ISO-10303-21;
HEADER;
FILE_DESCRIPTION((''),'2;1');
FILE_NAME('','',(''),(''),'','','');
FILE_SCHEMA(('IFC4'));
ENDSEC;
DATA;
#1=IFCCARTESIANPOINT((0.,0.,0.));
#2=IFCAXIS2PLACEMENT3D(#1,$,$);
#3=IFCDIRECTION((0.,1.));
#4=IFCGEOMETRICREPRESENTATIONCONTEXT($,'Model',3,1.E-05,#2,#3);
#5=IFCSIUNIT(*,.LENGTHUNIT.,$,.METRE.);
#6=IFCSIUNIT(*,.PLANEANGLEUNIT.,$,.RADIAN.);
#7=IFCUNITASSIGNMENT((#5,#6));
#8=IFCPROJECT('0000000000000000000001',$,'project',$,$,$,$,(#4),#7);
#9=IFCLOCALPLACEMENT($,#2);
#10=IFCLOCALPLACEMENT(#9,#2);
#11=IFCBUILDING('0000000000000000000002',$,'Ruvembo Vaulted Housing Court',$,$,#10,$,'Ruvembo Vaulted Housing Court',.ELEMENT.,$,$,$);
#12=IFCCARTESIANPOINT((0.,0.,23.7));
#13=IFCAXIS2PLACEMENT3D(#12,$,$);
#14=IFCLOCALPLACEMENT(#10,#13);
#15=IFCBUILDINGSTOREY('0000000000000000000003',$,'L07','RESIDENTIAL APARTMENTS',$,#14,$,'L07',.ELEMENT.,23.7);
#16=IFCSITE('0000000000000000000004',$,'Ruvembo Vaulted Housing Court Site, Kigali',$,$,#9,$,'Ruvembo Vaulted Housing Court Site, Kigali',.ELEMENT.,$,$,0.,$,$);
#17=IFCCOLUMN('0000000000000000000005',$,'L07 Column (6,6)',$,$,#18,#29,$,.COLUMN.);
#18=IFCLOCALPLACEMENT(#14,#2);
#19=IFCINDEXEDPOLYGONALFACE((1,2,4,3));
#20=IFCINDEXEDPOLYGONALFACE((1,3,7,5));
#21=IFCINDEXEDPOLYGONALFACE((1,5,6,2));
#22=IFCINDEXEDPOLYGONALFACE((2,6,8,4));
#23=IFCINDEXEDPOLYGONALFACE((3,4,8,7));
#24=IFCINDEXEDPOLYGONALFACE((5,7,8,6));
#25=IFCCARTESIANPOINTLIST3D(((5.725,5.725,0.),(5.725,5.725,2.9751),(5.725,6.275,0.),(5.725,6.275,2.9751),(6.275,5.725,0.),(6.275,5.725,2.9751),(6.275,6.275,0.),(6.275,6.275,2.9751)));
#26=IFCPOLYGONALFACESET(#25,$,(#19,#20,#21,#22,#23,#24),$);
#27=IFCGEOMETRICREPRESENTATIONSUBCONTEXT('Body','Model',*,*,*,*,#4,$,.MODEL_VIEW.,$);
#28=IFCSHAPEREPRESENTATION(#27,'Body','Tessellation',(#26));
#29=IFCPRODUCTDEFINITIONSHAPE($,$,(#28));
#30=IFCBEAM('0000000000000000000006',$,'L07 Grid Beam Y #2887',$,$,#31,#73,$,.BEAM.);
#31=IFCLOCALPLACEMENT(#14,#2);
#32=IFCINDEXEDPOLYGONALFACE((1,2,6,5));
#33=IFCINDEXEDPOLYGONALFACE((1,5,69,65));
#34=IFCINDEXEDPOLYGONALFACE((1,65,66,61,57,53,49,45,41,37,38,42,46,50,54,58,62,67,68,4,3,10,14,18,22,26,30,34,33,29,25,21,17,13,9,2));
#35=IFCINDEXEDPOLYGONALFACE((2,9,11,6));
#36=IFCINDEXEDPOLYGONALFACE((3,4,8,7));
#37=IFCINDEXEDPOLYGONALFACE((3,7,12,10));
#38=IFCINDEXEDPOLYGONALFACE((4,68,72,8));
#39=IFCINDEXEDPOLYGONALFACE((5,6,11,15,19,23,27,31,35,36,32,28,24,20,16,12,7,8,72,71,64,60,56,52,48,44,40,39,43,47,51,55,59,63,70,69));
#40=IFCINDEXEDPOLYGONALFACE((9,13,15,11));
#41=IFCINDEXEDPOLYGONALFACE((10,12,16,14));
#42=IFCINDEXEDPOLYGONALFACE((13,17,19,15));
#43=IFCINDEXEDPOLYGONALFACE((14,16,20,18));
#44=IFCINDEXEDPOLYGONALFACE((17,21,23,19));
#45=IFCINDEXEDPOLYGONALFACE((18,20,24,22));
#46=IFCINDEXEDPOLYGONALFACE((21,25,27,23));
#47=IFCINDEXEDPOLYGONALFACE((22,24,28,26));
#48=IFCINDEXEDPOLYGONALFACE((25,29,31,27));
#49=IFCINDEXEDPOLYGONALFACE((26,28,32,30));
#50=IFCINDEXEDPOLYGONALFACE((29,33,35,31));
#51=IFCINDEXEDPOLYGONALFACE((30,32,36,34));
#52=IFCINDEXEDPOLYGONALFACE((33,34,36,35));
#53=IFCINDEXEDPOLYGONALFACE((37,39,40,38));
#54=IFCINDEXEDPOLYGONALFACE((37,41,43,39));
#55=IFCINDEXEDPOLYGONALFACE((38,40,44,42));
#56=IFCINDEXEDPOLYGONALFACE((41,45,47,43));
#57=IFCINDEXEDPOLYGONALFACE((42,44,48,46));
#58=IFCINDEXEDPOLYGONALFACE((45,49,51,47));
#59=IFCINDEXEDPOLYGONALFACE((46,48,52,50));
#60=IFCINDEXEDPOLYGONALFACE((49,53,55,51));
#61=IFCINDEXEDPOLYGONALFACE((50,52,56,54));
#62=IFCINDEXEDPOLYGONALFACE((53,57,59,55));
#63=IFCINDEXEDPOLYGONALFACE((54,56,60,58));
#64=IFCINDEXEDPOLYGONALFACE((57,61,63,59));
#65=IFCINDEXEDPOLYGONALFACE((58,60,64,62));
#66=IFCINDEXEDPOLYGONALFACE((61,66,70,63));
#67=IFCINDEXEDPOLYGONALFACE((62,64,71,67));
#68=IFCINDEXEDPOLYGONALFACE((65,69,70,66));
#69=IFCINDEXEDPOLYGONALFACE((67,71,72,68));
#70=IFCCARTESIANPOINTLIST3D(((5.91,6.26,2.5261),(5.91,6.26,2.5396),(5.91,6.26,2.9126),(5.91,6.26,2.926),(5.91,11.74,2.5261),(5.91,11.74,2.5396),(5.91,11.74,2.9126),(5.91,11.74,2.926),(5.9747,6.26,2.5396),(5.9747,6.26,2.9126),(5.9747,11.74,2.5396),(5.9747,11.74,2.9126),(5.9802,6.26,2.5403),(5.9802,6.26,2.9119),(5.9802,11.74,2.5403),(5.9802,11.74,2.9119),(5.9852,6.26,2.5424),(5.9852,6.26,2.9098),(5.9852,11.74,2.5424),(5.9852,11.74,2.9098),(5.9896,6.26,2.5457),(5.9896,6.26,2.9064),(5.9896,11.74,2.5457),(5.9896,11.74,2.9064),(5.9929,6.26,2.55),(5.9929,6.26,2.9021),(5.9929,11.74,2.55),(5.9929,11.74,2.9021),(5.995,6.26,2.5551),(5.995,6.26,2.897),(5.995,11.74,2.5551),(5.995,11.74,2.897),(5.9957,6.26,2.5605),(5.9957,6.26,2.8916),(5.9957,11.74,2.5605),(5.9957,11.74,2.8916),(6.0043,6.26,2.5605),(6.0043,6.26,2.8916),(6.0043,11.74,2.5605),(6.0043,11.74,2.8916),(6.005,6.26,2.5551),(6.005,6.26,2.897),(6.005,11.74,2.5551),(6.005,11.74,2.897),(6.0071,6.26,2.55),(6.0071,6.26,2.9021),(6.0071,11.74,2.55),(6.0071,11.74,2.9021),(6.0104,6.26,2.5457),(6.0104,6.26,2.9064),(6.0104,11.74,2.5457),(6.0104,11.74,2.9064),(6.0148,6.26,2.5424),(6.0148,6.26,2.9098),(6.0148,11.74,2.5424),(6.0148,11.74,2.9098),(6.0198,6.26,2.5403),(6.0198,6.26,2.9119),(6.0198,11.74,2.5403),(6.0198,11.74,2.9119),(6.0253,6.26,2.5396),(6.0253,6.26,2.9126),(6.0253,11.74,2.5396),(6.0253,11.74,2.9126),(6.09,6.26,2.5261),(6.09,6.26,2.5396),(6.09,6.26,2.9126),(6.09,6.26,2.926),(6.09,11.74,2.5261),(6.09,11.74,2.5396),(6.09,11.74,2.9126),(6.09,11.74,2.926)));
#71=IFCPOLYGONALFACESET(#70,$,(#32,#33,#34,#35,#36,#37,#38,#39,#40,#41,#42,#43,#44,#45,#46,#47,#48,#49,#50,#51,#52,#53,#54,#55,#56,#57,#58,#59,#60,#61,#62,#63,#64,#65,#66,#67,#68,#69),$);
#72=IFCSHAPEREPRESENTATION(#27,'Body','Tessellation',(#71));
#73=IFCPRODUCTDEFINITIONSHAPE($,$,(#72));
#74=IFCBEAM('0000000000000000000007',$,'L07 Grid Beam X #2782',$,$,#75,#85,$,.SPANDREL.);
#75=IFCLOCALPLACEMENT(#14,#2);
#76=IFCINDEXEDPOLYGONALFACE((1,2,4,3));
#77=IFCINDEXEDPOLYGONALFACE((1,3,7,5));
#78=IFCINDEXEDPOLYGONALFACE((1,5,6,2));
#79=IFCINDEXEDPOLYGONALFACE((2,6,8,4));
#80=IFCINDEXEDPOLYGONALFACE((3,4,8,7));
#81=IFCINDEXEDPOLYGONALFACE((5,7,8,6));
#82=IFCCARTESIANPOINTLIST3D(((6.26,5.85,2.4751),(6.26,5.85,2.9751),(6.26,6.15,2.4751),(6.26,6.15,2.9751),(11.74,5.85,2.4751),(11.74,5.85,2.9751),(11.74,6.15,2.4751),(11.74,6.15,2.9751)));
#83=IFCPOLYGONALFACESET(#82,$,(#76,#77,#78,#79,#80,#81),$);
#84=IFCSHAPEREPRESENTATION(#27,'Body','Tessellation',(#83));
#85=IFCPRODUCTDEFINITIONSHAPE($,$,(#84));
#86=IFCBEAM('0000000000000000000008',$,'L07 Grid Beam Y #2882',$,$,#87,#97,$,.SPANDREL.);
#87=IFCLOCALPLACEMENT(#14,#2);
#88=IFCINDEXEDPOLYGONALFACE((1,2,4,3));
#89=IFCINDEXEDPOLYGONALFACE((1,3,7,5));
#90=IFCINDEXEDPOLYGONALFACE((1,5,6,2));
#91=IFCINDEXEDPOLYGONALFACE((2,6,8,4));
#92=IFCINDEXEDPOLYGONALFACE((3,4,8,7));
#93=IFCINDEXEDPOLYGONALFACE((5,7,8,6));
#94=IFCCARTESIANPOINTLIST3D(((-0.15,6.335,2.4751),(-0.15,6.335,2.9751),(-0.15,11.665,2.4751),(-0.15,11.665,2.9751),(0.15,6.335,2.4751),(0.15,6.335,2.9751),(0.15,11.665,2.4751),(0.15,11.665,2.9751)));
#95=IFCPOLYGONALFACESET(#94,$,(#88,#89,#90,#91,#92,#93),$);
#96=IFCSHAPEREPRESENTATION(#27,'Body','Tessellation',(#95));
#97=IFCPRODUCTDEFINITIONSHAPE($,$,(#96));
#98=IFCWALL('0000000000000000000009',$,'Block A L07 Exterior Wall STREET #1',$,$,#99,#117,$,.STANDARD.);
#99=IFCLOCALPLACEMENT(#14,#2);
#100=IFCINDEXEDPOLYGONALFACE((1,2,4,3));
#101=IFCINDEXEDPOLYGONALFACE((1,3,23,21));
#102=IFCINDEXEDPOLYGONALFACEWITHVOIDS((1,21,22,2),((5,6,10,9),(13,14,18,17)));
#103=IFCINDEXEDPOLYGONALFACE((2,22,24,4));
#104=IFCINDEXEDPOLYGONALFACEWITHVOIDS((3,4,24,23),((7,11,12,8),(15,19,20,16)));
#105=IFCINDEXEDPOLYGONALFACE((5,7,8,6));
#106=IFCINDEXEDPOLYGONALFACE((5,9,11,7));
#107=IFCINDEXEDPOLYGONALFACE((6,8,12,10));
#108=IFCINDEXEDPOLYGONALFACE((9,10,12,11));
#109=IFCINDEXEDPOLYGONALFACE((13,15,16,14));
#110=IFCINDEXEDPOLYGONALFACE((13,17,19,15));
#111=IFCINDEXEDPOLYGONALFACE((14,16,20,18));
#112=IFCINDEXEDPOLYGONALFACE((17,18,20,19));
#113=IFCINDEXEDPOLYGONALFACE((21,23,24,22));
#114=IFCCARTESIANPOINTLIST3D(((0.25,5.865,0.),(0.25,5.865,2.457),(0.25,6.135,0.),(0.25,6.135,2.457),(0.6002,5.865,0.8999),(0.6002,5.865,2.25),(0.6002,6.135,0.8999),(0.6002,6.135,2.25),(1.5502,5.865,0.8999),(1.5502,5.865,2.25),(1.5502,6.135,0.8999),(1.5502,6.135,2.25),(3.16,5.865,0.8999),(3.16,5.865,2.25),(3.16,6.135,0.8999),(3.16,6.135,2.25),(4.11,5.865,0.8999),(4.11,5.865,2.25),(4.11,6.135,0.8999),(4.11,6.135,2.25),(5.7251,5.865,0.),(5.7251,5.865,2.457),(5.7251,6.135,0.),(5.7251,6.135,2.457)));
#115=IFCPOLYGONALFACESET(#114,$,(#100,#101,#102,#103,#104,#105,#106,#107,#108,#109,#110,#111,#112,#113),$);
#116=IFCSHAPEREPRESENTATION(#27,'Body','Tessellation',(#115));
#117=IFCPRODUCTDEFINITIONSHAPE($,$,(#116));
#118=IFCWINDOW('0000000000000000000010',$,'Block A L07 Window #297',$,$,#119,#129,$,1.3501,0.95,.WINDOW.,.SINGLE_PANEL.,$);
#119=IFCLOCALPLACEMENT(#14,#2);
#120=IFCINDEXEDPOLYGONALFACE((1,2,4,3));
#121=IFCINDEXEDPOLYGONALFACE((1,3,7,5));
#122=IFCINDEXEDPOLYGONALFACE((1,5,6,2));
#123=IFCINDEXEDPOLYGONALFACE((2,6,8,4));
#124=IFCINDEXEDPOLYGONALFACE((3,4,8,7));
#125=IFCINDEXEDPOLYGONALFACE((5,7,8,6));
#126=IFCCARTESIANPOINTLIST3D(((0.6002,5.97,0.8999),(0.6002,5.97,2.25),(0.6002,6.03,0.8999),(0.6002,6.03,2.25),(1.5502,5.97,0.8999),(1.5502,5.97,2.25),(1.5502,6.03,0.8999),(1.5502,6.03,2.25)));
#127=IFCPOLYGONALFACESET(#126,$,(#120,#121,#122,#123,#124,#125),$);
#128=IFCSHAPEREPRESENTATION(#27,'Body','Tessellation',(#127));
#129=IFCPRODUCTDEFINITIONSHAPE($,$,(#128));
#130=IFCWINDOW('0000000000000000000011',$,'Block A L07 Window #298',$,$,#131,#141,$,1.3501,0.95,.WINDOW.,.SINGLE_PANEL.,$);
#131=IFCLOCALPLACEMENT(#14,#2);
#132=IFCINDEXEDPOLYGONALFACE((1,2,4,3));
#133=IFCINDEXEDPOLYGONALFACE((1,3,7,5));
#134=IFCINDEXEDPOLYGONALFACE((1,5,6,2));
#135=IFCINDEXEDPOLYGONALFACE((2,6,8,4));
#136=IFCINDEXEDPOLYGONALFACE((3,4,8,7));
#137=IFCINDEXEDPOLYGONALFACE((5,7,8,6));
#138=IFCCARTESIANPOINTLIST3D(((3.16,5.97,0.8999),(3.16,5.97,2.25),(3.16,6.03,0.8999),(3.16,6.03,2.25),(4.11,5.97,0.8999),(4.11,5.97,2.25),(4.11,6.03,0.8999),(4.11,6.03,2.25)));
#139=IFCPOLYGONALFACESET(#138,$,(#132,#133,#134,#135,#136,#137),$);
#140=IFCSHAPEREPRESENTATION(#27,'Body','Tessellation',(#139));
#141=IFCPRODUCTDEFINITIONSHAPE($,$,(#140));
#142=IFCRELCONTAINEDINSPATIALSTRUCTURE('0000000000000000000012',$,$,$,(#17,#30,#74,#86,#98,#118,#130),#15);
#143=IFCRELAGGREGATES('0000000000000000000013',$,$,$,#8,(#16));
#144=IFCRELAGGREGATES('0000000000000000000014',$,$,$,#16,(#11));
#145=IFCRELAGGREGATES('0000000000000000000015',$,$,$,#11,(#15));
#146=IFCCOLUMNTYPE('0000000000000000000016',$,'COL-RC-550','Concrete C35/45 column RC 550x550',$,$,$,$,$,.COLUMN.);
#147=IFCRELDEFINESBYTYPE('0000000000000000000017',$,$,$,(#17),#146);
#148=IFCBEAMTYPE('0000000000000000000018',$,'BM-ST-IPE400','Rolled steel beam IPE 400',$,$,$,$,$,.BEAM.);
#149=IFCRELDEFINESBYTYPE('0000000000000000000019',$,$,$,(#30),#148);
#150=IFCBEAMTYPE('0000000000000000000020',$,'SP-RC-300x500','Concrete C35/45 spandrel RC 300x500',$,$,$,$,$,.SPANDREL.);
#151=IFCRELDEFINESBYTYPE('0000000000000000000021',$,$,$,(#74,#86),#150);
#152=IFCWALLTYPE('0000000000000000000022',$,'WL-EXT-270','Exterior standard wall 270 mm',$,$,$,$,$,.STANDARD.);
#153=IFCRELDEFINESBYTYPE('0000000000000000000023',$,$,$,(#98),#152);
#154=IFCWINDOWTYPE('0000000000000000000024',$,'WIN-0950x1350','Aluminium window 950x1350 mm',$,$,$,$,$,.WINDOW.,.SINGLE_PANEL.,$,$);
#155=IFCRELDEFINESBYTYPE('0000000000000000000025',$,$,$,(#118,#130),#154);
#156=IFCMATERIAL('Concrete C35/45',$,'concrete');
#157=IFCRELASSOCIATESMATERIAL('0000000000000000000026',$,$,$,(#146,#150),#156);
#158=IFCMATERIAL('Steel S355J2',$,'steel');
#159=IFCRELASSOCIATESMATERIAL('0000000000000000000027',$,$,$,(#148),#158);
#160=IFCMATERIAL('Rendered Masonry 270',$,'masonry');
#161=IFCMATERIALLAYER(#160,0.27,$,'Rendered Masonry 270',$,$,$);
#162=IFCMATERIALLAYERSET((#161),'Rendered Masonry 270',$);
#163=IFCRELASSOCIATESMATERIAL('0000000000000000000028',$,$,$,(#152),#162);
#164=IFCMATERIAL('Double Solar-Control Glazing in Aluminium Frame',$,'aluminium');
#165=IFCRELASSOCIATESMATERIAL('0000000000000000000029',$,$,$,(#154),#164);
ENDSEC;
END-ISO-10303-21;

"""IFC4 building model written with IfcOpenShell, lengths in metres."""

from ifc_helpers import new_model, si_unit, direction, frame, frame_2d, origin, origin_2d, place, context, subcontext, project, spatial, rectangle, i_section, extrude, material, layer, layer_set, material_profile, profile_set, type_object, element, fill, save


model = new_model("IFC4")

# Units and contexts
model_context = context("Model", 3, precision=1e-05, world=origin(), true_north=direction((0.0, 1.0)))
body_context = subcontext(model_context, "Body", "Model", "MODEL_VIEW")
ifc_project = project(units=[si_unit("LENGTHUNIT", "METRE"), si_unit("PLANEANGLEUNIT", "RADIAN")], contexts=[model_context])

# Site, building, storey
site_placement = place(None, origin())
site = spatial("IfcSite", under=ifc_project, at=site_placement, Name="Ruvembo Vaulted Housing Court Site, Kigali", LongName="Ruvembo Vaulted Housing Court Site, Kigali", CompositionType="ELEMENT", RefElevation=0.0)
building_placement = place(site_placement, origin())
building = spatial("IfcBuilding", under=site, at=building_placement, Name="Ruvembo Vaulted Housing Court", LongName="Ruvembo Vaulted Housing Court", CompositionType="ELEMENT")
storey_placement = place(building_placement, frame((0.0, 0.0, 23.7)))
storey = spatial("IfcBuildingStorey", under=building, at=storey_placement, Name="L07", Description="RESIDENTIAL APARTMENTS", LongName="L07", CompositionType="ELEMENT", Elevation=23.7)

# Column
ifc_material_1 = material(Name="Concrete C35/45", Category="concrete")
ifc_material_profile_1 = material_profile(ifc_material_1, rectangle(XDim=0.55, YDim=0.55, at=origin_2d()), Name="RC 550x550")
ifc_profile_set_1 = profile_set([ifc_material_profile_1], Name="Concrete C35/45")
column_type = type_object("IfcColumnType", Name="COL-RC-550", Description="Concrete C35/45 column RC 550x550", PredefinedType="COLUMN", material=ifc_profile_set_1)
column_placement = place(storey_placement, frame((6.0, 6.0, 0.0), z_axis=(0.0, 0.0, 1.0), x_axis=(1.0, 0.0, 0.0)))
element("IfcColumn", 1, at=column_placement, inside=storey, type_object=column_type, Name="L07 Column (6,6)", PredefinedType="COLUMN", context=body_context, shape_type="SweptSolid", body=[
    extrude(rectangle(XDim=0.55, YDim=0.55, at=origin_2d()), origin(), (0.0, 0.0, 1.0), 2.9751),
])

# Beams
ifc_material_2 = material(Name="Steel S355J2", Category="steel")
ifc_material_profile_2 = material_profile(ifc_material_2, i_section(OverallWidth=0.1799, OverallDepth=0.3999, WebThickness=0.0085, FlangeThickness=0.0134, FilletRadius=0.021, at=origin_2d()), Name="IPE 400")
ifc_profile_set_2 = profile_set([ifc_material_profile_2], Name="Steel S355J2")
beam_type_1 = type_object("IfcBeamType", Name="BM-ST-IPE400", Description="Rolled steel beam IPE 400", PredefinedType="BEAM", material=ifc_profile_set_2)
beam_1_placement = place(storey_placement, frame((6.0, 6.26, 2.7261), z_axis=(0.0, 1.0, 0.0), x_axis=(-1.0, 0.0, 0.0)))
element("IfcBeam", 2, at=beam_1_placement, inside=storey, type_object=beam_type_1, Name="L07 Grid Beam Y #2887", PredefinedType="BEAM", context=body_context, shape_type="SweptSolid", body=[
    extrude(i_section(OverallWidth=0.1799, OverallDepth=0.3999, WebThickness=0.0085, FlangeThickness=0.0134, FilletRadius=0.021, at=origin_2d()), origin(), (0.0, 0.0, 1.0), 5.48),
])
ifc_material_profile_3 = material_profile(ifc_material_1, rectangle(XDim=0.3, YDim=0.5, at=origin_2d()), Name="RC 300x500")
ifc_profile_set_3 = profile_set([ifc_material_profile_3], Name="Concrete C35/45")
beam_type_2 = type_object("IfcBeamType", Name="SP-RC-300x500", Description="Concrete C35/45 spandrel RC 300x500", PredefinedType="SPANDREL", material=ifc_profile_set_3)
beam_2_placement = place(storey_placement, frame((6.26, 6.0, 2.7251), z_axis=(1.0, 0.0, 0.0), x_axis=(0.0, 1.0, 0.0)))
element("IfcBeam", 3, at=beam_2_placement, inside=storey, type_object=beam_type_2, Name="L07 Grid Beam X #2782", PredefinedType="SPANDREL", context=body_context, shape_type="SweptSolid", body=[
    extrude(rectangle(XDim=0.3, YDim=0.5, at=origin_2d()), origin(), (0.0, 0.0, 1.0), 5.48),
])
beam_3_placement = place(storey_placement, frame((0.0, 6.335, 2.7251), z_axis=(0.0, 1.0, 0.0), x_axis=(-1.0, 0.0, 0.0)))
element("IfcBeam", 4, at=beam_3_placement, inside=storey, type_object=beam_type_2, Name="L07 Grid Beam Y #2882", PredefinedType="SPANDREL", context=body_context, shape_type="SweptSolid", body=[
    extrude(rectangle(XDim=0.3, YDim=0.5, at=origin_2d()), origin(), (0.0, 0.0, 1.0), 5.3301),
])

# Wall, openings, windows
ifc_material_3 = material(Name="Rendered Masonry 270", Category="masonry")
ifc_layer_1 = layer(ifc_material_3, 0.27, Name="Rendered Masonry 270")
ifc_layer_set_1 = layer_set([ifc_layer_1], Name="Rendered Masonry 270")
wall_type_1 = type_object("IfcWallType", Name="WL-EXT-270", Description="Exterior standard wall 270 mm", PredefinedType="STANDARD", material=ifc_layer_set_1)
wall_1_placement = place(storey_placement, frame((0.25, 6.0, 0.0), z_axis=(0.0, 0.0, 1.0), x_axis=(1.0, 0.0, 0.0)))
wall_1 = element("IfcWall", 5, at=wall_1_placement, inside=storey, type_object=wall_type_1, Name="Block A L07 Exterior Wall STREET #1", PredefinedType="STANDARD", context=body_context, shape_type="SweptSolid", body=[
    extrude(rectangle(XDim=5.4751, YDim=0.27, at=frame_2d((2.7375, 0.0))), origin(), (0.0, 0.0, 1.0), 2.457),
])
opening_1_placement = place(wall_1_placement, frame((0.3501, 0.0, 0.8999)))
opening_1 = element("IfcOpeningElement", 6, at=opening_1_placement, cuts=wall_1, PredefinedType="OPENING", context=body_context, shape_type="SweptSolid", body=[
    extrude(rectangle(XDim=0.95, YDim=1.3501, at=frame_2d((0.4751, 0.675))), frame((0.0, 0.145, 0.0), z_axis=(0.0, -1.0, 0.0), x_axis=(1.0, 0.0, 0.0)), (0.0, 0.0, 1.0), 0.29),
])
opening_2_placement = place(wall_1_placement, frame((2.9099, 0.0, 0.8999)))
opening_2 = element("IfcOpeningElement", 7, at=opening_2_placement, cuts=wall_1, PredefinedType="OPENING", context=body_context, shape_type="SweptSolid", body=[
    extrude(rectangle(XDim=0.95, YDim=1.3501, at=frame_2d((0.4751, 0.675))), frame((0.0, 0.145, 0.0), z_axis=(0.0, -1.0, 0.0), x_axis=(1.0, 0.0, 0.0)), (0.0, 0.0, 1.0), 0.29),
])
ifc_material_4 = material(Name="Double Solar-Control Glazing in Aluminium Frame", Category="aluminium")
window_type_1 = type_object("IfcWindowType", Name="WIN-0950x1350", Description="Aluminium window 950x1350 mm", PartitioningType="SINGLE_PANEL", PredefinedType="WINDOW", material=ifc_material_4)
window_1_placement = place(opening_1_placement, origin())
window_1 = element("IfcWindow", 8, at=window_1_placement, inside=storey, type_object=window_type_1, Name="Block A L07 Window #297", OverallHeight=1.3501, OverallWidth=0.95, PartitioningType="SINGLE_PANEL", PredefinedType="WINDOW", context=body_context, shape_type="SweptSolid", body=[
    extrude(rectangle(XDim=0.95, YDim=1.3501, at=frame_2d((0.4751, 0.675))), frame((0.0, 0.03, 0.0), z_axis=(0.0, -1.0, 0.0), x_axis=(1.0, 0.0, 0.0)), (0.0, 0.0, 1.0), 0.0601),
])
fill(opening_1, window_1)
window_2_placement = place(opening_2_placement, origin())
window_2 = element("IfcWindow", 9, at=window_2_placement, inside=storey, type_object=window_type_1, Name="Block A L07 Window #298", OverallHeight=1.3501, OverallWidth=0.95, PartitioningType="SINGLE_PANEL", PredefinedType="WINDOW", context=body_context, shape_type="SweptSolid", body=[
    extrude(rectangle(XDim=0.95, YDim=1.3501, at=frame_2d((0.4751, 0.675))), frame((0.0, 0.03, 0.0), z_axis=(0.0, -1.0, 0.0), x_axis=(1.0, 0.0, 0.0)), (0.0, 0.0, 1.0), 0.0601),
])
fill(opening_2, window_2)

save(model, "model.ifc")
